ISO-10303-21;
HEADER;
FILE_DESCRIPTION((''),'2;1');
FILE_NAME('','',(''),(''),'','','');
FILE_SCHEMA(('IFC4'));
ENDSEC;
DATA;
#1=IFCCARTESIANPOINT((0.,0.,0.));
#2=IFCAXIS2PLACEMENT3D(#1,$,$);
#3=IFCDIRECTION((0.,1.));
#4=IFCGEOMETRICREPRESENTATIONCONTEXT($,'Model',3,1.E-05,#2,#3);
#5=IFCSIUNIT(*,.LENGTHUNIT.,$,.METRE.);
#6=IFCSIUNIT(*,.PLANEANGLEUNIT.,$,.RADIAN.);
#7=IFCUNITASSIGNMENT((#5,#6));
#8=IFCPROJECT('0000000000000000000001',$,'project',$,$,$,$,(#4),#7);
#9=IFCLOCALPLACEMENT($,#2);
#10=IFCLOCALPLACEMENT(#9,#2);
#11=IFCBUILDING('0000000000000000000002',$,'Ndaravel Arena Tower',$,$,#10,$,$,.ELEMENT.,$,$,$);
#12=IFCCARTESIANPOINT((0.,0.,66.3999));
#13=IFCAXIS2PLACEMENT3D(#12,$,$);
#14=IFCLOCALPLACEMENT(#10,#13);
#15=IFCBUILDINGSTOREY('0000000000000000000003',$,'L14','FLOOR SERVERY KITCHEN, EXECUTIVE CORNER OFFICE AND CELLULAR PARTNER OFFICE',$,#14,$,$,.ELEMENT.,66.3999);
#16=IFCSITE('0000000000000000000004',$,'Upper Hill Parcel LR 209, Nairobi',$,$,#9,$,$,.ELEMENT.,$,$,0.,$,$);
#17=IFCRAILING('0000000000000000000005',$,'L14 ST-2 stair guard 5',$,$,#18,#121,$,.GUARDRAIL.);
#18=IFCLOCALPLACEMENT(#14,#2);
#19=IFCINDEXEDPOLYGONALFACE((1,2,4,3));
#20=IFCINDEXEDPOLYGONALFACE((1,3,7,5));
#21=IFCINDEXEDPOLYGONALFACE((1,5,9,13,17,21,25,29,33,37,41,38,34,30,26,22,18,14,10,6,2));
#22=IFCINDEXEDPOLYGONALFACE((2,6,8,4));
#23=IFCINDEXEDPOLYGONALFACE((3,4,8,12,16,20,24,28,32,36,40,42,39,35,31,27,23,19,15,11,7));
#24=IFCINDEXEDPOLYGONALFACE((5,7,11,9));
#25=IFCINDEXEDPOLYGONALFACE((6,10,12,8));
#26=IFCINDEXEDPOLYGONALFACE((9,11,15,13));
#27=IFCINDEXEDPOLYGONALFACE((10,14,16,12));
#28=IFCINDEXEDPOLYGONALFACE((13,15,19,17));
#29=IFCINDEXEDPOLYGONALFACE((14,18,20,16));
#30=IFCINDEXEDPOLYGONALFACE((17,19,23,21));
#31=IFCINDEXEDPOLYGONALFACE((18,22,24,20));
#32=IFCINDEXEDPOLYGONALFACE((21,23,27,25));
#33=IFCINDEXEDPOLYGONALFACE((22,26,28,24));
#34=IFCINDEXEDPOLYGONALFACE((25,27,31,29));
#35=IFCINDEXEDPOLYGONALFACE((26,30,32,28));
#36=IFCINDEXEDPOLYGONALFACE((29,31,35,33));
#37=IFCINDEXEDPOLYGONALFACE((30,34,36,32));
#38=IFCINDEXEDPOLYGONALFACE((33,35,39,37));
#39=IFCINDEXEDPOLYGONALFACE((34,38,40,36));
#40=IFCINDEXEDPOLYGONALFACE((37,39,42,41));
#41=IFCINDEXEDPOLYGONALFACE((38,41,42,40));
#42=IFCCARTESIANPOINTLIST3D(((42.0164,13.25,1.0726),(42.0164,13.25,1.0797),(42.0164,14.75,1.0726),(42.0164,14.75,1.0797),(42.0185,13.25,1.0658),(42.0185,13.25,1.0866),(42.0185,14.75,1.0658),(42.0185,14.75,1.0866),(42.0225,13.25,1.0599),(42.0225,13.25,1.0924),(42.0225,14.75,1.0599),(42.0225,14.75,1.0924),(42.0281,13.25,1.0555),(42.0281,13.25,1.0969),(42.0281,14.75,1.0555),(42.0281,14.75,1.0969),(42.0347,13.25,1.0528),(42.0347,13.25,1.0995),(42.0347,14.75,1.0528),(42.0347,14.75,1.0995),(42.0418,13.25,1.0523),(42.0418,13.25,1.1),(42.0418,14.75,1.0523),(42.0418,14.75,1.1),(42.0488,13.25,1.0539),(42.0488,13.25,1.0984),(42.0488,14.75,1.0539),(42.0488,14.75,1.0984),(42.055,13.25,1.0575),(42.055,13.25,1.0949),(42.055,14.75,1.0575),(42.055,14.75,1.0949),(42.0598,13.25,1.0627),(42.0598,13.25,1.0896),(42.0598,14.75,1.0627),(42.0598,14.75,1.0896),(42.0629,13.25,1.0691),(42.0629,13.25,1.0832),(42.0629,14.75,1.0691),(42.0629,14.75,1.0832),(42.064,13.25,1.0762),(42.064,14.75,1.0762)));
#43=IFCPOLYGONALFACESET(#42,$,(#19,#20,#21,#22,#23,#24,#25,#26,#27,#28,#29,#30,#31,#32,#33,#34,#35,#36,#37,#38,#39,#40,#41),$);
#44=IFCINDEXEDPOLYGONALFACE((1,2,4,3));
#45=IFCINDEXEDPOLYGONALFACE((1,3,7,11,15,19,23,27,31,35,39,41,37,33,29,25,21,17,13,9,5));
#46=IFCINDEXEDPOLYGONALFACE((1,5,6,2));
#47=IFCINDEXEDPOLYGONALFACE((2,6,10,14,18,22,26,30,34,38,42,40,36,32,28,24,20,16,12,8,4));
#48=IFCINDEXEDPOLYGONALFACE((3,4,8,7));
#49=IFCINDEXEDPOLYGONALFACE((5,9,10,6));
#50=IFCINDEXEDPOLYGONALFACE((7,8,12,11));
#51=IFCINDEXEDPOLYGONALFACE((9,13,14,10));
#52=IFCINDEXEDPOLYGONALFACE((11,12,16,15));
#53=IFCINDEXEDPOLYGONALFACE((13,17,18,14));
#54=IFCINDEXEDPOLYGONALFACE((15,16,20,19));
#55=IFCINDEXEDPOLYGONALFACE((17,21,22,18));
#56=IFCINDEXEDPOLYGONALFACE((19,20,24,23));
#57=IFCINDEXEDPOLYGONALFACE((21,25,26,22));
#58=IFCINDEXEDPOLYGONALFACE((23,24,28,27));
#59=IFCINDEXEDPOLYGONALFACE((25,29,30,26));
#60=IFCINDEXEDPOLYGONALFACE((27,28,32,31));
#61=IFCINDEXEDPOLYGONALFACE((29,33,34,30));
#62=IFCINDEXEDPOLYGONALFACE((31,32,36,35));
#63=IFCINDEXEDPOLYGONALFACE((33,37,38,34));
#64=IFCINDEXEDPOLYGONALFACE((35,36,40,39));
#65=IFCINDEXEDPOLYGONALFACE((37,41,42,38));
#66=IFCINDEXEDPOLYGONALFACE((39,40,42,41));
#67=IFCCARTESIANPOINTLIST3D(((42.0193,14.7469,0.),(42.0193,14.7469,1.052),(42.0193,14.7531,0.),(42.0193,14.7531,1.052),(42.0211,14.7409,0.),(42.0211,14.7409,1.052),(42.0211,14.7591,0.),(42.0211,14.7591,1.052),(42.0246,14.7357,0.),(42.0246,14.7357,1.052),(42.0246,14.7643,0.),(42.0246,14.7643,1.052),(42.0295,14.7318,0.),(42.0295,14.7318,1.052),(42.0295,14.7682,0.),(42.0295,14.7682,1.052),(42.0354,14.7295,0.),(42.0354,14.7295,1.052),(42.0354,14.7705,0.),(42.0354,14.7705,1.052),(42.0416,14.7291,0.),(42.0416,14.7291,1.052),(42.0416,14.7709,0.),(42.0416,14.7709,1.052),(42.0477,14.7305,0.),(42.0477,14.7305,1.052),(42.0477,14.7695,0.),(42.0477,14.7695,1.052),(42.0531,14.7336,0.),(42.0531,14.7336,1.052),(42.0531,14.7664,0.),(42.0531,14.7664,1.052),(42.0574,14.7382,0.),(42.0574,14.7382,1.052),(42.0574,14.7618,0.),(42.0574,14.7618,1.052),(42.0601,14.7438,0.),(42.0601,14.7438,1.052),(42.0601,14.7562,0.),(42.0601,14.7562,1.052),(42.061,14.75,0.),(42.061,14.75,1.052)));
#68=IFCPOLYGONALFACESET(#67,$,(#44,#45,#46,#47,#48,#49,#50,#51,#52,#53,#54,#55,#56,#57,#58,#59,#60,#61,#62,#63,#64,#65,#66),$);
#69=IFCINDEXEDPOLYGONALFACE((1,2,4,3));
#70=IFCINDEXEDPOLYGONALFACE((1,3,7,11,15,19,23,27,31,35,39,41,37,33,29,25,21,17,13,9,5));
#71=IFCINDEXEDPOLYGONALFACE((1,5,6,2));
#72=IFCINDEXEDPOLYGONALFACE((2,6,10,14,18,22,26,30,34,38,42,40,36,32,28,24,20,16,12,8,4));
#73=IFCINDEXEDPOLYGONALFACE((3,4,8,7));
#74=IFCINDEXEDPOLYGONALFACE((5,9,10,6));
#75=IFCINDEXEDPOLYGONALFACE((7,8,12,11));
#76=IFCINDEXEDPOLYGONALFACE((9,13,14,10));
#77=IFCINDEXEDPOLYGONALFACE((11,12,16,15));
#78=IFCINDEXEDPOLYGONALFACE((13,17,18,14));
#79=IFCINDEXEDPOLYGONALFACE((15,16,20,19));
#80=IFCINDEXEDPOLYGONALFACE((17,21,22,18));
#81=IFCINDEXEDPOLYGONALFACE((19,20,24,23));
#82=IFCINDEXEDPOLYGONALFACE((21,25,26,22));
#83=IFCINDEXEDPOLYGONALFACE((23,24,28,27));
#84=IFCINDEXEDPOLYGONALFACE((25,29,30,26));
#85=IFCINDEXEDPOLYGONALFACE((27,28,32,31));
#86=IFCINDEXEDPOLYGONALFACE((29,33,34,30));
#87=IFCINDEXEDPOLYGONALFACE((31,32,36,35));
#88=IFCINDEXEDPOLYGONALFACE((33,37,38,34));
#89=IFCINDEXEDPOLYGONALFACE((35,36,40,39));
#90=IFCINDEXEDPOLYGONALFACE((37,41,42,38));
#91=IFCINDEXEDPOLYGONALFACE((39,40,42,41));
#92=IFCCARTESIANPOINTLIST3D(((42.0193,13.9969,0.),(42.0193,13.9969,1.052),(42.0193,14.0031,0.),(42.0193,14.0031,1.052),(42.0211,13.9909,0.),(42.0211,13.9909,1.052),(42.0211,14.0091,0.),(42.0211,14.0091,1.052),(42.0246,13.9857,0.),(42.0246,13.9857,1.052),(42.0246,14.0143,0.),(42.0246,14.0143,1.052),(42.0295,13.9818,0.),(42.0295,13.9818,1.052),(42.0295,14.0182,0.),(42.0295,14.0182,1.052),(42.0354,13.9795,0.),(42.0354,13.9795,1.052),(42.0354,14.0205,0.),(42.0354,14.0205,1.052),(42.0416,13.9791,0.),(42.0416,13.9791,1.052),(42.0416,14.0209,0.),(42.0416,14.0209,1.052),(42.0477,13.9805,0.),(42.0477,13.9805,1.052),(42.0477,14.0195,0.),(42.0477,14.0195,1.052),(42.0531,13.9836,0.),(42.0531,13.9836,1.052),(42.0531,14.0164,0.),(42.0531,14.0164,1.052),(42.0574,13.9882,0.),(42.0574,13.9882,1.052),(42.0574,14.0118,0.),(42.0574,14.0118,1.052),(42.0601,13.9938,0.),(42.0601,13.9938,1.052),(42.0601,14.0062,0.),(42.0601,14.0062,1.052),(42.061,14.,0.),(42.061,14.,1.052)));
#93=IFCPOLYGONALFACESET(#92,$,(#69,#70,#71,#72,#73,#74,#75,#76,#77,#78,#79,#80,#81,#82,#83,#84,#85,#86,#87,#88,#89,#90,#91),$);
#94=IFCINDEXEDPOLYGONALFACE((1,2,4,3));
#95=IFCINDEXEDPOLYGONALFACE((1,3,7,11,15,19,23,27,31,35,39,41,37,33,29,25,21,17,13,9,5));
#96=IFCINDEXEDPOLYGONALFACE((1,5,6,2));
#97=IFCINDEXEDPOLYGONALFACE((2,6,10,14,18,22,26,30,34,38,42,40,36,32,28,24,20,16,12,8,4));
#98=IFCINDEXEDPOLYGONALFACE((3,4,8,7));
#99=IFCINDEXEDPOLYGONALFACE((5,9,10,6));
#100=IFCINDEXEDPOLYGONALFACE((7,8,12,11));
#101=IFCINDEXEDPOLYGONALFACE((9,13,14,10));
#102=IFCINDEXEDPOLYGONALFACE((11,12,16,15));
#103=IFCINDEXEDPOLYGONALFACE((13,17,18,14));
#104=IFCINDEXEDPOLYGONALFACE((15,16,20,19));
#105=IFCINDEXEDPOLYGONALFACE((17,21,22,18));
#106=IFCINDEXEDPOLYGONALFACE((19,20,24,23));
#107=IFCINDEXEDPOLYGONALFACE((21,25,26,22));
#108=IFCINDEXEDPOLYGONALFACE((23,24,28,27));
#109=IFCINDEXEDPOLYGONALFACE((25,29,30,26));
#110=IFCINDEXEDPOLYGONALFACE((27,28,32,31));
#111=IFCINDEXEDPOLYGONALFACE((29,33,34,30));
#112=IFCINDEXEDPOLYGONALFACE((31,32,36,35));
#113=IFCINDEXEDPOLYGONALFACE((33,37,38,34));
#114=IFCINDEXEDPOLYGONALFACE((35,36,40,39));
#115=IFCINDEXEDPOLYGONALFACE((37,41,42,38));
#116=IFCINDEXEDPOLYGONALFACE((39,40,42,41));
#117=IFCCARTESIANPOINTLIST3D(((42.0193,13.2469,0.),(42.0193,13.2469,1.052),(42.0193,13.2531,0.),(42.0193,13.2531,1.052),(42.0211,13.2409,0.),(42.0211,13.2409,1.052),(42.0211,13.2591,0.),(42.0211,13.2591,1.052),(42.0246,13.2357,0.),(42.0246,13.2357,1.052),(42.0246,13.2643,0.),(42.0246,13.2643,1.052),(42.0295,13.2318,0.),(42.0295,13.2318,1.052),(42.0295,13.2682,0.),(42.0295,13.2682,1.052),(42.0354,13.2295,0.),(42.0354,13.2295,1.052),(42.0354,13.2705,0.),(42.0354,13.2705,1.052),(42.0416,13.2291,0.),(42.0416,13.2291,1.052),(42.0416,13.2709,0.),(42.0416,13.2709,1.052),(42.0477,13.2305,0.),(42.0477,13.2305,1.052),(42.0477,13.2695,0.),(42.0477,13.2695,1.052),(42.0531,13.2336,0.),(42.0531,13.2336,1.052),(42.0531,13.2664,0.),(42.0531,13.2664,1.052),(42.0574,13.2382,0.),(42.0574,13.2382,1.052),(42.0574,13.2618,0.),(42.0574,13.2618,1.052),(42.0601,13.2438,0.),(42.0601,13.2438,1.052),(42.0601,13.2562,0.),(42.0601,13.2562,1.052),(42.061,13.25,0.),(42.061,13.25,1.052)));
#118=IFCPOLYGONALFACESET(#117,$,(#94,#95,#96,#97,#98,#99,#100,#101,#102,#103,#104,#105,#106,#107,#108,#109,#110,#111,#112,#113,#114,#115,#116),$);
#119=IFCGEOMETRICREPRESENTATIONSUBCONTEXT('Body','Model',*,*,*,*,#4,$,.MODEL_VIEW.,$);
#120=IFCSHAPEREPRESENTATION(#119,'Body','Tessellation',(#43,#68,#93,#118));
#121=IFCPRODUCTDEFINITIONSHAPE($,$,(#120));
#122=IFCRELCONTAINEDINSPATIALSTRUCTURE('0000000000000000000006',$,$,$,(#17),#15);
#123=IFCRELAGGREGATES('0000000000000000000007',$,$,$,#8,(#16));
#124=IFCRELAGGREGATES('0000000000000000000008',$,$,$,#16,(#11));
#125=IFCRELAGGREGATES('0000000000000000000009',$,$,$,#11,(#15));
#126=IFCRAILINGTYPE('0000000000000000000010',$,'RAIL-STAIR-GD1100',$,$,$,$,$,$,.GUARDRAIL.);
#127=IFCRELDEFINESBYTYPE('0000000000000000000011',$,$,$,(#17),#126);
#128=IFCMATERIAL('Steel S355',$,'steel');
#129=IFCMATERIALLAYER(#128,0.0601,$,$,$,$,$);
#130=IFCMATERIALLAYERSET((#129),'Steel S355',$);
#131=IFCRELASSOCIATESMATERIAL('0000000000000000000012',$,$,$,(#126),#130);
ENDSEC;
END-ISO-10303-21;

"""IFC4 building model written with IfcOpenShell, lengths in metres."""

from ifc_helpers import new_model, si_unit, direction, frame, origin, origin_2d, place, context, subcontext, project, spatial, circle, extrude, material, layer, layer_set, type_object, element, save


model = new_model("IFC4")

# Units and contexts
model_context = context("Model", 3, precision=1e-05, world=origin(), true_north=direction((0.0, 1.0)))
body_context = subcontext(model_context, "Body", "Model", "MODEL_VIEW")
ifc_project = project(units=[si_unit("LENGTHUNIT", "METRE"), si_unit("PLANEANGLEUNIT", "RADIAN")], contexts=[model_context])

# Site, building, storey
site_placement = place(None, origin())
site = spatial("IfcSite", under=ifc_project, at=site_placement, Name="Upper Hill Parcel LR 209, Nairobi", CompositionType="ELEMENT", RefElevation=0.0)
building_placement = place(site_placement, origin())
building = spatial("IfcBuilding", under=site, at=building_placement, Name="Ndaravel Arena Tower", CompositionType="ELEMENT")
storey_placement = place(building_placement, frame((0.0, 0.0, 66.3999)))
storey = spatial("IfcBuildingStorey", under=building, at=storey_placement, Name="L14", Description="FLOOR SERVERY KITCHEN, EXECUTIVE CORNER OFFICE AND CELLULAR PARTNER OFFICE", CompositionType="ELEMENT", Elevation=66.3999)

# Railing
ifc_material_1 = material(Name="Steel S355", Category="steel")
ifc_layer_1 = layer(ifc_material_1, 0.0601)
ifc_layer_set_1 = layer_set([ifc_layer_1], Name="Steel S355")
railing_type = type_object("IfcRailingType", Name="RAIL-STAIR-GD1100", PredefinedType="GUARDRAIL", material=ifc_layer_set_1)
for number, where, name in (
    (1, (42.04, 14.75, 0.0), "L14 ST-2 stair guard 5"),
):
    element("IfcRailing", number, at=place(storey_placement, frame(where)), inside=storey, type_object=railing_type, Name=name, PredefinedType="GUARDRAIL", context=body_context, shape_type="SweptSolid", body=[
        extrude(circle(Radius=0.0239, at=origin_2d()), frame((0.0, 0.0, 1.0762), z_axis=(0.0, -1.0, 0.0), x_axis=(1.0, 0.0, 0.0)), (0.0, 0.0, 1.0), 1.5),
        extrude(circle(Radius=0.021, at=origin_2d()), origin(), (0.0, 0.0, 1.0), 1.052),
        extrude(circle(Radius=0.021, at=origin_2d()), frame((0.0, -0.75, 0.0)), (0.0, 0.0, 1.0), 1.052),
        extrude(circle(Radius=0.021, at=origin_2d()), frame((0.0, -1.5, 0.0)), (0.0, 0.0, 1.0), 1.052),
    ])

save(model, "model.ifc")
